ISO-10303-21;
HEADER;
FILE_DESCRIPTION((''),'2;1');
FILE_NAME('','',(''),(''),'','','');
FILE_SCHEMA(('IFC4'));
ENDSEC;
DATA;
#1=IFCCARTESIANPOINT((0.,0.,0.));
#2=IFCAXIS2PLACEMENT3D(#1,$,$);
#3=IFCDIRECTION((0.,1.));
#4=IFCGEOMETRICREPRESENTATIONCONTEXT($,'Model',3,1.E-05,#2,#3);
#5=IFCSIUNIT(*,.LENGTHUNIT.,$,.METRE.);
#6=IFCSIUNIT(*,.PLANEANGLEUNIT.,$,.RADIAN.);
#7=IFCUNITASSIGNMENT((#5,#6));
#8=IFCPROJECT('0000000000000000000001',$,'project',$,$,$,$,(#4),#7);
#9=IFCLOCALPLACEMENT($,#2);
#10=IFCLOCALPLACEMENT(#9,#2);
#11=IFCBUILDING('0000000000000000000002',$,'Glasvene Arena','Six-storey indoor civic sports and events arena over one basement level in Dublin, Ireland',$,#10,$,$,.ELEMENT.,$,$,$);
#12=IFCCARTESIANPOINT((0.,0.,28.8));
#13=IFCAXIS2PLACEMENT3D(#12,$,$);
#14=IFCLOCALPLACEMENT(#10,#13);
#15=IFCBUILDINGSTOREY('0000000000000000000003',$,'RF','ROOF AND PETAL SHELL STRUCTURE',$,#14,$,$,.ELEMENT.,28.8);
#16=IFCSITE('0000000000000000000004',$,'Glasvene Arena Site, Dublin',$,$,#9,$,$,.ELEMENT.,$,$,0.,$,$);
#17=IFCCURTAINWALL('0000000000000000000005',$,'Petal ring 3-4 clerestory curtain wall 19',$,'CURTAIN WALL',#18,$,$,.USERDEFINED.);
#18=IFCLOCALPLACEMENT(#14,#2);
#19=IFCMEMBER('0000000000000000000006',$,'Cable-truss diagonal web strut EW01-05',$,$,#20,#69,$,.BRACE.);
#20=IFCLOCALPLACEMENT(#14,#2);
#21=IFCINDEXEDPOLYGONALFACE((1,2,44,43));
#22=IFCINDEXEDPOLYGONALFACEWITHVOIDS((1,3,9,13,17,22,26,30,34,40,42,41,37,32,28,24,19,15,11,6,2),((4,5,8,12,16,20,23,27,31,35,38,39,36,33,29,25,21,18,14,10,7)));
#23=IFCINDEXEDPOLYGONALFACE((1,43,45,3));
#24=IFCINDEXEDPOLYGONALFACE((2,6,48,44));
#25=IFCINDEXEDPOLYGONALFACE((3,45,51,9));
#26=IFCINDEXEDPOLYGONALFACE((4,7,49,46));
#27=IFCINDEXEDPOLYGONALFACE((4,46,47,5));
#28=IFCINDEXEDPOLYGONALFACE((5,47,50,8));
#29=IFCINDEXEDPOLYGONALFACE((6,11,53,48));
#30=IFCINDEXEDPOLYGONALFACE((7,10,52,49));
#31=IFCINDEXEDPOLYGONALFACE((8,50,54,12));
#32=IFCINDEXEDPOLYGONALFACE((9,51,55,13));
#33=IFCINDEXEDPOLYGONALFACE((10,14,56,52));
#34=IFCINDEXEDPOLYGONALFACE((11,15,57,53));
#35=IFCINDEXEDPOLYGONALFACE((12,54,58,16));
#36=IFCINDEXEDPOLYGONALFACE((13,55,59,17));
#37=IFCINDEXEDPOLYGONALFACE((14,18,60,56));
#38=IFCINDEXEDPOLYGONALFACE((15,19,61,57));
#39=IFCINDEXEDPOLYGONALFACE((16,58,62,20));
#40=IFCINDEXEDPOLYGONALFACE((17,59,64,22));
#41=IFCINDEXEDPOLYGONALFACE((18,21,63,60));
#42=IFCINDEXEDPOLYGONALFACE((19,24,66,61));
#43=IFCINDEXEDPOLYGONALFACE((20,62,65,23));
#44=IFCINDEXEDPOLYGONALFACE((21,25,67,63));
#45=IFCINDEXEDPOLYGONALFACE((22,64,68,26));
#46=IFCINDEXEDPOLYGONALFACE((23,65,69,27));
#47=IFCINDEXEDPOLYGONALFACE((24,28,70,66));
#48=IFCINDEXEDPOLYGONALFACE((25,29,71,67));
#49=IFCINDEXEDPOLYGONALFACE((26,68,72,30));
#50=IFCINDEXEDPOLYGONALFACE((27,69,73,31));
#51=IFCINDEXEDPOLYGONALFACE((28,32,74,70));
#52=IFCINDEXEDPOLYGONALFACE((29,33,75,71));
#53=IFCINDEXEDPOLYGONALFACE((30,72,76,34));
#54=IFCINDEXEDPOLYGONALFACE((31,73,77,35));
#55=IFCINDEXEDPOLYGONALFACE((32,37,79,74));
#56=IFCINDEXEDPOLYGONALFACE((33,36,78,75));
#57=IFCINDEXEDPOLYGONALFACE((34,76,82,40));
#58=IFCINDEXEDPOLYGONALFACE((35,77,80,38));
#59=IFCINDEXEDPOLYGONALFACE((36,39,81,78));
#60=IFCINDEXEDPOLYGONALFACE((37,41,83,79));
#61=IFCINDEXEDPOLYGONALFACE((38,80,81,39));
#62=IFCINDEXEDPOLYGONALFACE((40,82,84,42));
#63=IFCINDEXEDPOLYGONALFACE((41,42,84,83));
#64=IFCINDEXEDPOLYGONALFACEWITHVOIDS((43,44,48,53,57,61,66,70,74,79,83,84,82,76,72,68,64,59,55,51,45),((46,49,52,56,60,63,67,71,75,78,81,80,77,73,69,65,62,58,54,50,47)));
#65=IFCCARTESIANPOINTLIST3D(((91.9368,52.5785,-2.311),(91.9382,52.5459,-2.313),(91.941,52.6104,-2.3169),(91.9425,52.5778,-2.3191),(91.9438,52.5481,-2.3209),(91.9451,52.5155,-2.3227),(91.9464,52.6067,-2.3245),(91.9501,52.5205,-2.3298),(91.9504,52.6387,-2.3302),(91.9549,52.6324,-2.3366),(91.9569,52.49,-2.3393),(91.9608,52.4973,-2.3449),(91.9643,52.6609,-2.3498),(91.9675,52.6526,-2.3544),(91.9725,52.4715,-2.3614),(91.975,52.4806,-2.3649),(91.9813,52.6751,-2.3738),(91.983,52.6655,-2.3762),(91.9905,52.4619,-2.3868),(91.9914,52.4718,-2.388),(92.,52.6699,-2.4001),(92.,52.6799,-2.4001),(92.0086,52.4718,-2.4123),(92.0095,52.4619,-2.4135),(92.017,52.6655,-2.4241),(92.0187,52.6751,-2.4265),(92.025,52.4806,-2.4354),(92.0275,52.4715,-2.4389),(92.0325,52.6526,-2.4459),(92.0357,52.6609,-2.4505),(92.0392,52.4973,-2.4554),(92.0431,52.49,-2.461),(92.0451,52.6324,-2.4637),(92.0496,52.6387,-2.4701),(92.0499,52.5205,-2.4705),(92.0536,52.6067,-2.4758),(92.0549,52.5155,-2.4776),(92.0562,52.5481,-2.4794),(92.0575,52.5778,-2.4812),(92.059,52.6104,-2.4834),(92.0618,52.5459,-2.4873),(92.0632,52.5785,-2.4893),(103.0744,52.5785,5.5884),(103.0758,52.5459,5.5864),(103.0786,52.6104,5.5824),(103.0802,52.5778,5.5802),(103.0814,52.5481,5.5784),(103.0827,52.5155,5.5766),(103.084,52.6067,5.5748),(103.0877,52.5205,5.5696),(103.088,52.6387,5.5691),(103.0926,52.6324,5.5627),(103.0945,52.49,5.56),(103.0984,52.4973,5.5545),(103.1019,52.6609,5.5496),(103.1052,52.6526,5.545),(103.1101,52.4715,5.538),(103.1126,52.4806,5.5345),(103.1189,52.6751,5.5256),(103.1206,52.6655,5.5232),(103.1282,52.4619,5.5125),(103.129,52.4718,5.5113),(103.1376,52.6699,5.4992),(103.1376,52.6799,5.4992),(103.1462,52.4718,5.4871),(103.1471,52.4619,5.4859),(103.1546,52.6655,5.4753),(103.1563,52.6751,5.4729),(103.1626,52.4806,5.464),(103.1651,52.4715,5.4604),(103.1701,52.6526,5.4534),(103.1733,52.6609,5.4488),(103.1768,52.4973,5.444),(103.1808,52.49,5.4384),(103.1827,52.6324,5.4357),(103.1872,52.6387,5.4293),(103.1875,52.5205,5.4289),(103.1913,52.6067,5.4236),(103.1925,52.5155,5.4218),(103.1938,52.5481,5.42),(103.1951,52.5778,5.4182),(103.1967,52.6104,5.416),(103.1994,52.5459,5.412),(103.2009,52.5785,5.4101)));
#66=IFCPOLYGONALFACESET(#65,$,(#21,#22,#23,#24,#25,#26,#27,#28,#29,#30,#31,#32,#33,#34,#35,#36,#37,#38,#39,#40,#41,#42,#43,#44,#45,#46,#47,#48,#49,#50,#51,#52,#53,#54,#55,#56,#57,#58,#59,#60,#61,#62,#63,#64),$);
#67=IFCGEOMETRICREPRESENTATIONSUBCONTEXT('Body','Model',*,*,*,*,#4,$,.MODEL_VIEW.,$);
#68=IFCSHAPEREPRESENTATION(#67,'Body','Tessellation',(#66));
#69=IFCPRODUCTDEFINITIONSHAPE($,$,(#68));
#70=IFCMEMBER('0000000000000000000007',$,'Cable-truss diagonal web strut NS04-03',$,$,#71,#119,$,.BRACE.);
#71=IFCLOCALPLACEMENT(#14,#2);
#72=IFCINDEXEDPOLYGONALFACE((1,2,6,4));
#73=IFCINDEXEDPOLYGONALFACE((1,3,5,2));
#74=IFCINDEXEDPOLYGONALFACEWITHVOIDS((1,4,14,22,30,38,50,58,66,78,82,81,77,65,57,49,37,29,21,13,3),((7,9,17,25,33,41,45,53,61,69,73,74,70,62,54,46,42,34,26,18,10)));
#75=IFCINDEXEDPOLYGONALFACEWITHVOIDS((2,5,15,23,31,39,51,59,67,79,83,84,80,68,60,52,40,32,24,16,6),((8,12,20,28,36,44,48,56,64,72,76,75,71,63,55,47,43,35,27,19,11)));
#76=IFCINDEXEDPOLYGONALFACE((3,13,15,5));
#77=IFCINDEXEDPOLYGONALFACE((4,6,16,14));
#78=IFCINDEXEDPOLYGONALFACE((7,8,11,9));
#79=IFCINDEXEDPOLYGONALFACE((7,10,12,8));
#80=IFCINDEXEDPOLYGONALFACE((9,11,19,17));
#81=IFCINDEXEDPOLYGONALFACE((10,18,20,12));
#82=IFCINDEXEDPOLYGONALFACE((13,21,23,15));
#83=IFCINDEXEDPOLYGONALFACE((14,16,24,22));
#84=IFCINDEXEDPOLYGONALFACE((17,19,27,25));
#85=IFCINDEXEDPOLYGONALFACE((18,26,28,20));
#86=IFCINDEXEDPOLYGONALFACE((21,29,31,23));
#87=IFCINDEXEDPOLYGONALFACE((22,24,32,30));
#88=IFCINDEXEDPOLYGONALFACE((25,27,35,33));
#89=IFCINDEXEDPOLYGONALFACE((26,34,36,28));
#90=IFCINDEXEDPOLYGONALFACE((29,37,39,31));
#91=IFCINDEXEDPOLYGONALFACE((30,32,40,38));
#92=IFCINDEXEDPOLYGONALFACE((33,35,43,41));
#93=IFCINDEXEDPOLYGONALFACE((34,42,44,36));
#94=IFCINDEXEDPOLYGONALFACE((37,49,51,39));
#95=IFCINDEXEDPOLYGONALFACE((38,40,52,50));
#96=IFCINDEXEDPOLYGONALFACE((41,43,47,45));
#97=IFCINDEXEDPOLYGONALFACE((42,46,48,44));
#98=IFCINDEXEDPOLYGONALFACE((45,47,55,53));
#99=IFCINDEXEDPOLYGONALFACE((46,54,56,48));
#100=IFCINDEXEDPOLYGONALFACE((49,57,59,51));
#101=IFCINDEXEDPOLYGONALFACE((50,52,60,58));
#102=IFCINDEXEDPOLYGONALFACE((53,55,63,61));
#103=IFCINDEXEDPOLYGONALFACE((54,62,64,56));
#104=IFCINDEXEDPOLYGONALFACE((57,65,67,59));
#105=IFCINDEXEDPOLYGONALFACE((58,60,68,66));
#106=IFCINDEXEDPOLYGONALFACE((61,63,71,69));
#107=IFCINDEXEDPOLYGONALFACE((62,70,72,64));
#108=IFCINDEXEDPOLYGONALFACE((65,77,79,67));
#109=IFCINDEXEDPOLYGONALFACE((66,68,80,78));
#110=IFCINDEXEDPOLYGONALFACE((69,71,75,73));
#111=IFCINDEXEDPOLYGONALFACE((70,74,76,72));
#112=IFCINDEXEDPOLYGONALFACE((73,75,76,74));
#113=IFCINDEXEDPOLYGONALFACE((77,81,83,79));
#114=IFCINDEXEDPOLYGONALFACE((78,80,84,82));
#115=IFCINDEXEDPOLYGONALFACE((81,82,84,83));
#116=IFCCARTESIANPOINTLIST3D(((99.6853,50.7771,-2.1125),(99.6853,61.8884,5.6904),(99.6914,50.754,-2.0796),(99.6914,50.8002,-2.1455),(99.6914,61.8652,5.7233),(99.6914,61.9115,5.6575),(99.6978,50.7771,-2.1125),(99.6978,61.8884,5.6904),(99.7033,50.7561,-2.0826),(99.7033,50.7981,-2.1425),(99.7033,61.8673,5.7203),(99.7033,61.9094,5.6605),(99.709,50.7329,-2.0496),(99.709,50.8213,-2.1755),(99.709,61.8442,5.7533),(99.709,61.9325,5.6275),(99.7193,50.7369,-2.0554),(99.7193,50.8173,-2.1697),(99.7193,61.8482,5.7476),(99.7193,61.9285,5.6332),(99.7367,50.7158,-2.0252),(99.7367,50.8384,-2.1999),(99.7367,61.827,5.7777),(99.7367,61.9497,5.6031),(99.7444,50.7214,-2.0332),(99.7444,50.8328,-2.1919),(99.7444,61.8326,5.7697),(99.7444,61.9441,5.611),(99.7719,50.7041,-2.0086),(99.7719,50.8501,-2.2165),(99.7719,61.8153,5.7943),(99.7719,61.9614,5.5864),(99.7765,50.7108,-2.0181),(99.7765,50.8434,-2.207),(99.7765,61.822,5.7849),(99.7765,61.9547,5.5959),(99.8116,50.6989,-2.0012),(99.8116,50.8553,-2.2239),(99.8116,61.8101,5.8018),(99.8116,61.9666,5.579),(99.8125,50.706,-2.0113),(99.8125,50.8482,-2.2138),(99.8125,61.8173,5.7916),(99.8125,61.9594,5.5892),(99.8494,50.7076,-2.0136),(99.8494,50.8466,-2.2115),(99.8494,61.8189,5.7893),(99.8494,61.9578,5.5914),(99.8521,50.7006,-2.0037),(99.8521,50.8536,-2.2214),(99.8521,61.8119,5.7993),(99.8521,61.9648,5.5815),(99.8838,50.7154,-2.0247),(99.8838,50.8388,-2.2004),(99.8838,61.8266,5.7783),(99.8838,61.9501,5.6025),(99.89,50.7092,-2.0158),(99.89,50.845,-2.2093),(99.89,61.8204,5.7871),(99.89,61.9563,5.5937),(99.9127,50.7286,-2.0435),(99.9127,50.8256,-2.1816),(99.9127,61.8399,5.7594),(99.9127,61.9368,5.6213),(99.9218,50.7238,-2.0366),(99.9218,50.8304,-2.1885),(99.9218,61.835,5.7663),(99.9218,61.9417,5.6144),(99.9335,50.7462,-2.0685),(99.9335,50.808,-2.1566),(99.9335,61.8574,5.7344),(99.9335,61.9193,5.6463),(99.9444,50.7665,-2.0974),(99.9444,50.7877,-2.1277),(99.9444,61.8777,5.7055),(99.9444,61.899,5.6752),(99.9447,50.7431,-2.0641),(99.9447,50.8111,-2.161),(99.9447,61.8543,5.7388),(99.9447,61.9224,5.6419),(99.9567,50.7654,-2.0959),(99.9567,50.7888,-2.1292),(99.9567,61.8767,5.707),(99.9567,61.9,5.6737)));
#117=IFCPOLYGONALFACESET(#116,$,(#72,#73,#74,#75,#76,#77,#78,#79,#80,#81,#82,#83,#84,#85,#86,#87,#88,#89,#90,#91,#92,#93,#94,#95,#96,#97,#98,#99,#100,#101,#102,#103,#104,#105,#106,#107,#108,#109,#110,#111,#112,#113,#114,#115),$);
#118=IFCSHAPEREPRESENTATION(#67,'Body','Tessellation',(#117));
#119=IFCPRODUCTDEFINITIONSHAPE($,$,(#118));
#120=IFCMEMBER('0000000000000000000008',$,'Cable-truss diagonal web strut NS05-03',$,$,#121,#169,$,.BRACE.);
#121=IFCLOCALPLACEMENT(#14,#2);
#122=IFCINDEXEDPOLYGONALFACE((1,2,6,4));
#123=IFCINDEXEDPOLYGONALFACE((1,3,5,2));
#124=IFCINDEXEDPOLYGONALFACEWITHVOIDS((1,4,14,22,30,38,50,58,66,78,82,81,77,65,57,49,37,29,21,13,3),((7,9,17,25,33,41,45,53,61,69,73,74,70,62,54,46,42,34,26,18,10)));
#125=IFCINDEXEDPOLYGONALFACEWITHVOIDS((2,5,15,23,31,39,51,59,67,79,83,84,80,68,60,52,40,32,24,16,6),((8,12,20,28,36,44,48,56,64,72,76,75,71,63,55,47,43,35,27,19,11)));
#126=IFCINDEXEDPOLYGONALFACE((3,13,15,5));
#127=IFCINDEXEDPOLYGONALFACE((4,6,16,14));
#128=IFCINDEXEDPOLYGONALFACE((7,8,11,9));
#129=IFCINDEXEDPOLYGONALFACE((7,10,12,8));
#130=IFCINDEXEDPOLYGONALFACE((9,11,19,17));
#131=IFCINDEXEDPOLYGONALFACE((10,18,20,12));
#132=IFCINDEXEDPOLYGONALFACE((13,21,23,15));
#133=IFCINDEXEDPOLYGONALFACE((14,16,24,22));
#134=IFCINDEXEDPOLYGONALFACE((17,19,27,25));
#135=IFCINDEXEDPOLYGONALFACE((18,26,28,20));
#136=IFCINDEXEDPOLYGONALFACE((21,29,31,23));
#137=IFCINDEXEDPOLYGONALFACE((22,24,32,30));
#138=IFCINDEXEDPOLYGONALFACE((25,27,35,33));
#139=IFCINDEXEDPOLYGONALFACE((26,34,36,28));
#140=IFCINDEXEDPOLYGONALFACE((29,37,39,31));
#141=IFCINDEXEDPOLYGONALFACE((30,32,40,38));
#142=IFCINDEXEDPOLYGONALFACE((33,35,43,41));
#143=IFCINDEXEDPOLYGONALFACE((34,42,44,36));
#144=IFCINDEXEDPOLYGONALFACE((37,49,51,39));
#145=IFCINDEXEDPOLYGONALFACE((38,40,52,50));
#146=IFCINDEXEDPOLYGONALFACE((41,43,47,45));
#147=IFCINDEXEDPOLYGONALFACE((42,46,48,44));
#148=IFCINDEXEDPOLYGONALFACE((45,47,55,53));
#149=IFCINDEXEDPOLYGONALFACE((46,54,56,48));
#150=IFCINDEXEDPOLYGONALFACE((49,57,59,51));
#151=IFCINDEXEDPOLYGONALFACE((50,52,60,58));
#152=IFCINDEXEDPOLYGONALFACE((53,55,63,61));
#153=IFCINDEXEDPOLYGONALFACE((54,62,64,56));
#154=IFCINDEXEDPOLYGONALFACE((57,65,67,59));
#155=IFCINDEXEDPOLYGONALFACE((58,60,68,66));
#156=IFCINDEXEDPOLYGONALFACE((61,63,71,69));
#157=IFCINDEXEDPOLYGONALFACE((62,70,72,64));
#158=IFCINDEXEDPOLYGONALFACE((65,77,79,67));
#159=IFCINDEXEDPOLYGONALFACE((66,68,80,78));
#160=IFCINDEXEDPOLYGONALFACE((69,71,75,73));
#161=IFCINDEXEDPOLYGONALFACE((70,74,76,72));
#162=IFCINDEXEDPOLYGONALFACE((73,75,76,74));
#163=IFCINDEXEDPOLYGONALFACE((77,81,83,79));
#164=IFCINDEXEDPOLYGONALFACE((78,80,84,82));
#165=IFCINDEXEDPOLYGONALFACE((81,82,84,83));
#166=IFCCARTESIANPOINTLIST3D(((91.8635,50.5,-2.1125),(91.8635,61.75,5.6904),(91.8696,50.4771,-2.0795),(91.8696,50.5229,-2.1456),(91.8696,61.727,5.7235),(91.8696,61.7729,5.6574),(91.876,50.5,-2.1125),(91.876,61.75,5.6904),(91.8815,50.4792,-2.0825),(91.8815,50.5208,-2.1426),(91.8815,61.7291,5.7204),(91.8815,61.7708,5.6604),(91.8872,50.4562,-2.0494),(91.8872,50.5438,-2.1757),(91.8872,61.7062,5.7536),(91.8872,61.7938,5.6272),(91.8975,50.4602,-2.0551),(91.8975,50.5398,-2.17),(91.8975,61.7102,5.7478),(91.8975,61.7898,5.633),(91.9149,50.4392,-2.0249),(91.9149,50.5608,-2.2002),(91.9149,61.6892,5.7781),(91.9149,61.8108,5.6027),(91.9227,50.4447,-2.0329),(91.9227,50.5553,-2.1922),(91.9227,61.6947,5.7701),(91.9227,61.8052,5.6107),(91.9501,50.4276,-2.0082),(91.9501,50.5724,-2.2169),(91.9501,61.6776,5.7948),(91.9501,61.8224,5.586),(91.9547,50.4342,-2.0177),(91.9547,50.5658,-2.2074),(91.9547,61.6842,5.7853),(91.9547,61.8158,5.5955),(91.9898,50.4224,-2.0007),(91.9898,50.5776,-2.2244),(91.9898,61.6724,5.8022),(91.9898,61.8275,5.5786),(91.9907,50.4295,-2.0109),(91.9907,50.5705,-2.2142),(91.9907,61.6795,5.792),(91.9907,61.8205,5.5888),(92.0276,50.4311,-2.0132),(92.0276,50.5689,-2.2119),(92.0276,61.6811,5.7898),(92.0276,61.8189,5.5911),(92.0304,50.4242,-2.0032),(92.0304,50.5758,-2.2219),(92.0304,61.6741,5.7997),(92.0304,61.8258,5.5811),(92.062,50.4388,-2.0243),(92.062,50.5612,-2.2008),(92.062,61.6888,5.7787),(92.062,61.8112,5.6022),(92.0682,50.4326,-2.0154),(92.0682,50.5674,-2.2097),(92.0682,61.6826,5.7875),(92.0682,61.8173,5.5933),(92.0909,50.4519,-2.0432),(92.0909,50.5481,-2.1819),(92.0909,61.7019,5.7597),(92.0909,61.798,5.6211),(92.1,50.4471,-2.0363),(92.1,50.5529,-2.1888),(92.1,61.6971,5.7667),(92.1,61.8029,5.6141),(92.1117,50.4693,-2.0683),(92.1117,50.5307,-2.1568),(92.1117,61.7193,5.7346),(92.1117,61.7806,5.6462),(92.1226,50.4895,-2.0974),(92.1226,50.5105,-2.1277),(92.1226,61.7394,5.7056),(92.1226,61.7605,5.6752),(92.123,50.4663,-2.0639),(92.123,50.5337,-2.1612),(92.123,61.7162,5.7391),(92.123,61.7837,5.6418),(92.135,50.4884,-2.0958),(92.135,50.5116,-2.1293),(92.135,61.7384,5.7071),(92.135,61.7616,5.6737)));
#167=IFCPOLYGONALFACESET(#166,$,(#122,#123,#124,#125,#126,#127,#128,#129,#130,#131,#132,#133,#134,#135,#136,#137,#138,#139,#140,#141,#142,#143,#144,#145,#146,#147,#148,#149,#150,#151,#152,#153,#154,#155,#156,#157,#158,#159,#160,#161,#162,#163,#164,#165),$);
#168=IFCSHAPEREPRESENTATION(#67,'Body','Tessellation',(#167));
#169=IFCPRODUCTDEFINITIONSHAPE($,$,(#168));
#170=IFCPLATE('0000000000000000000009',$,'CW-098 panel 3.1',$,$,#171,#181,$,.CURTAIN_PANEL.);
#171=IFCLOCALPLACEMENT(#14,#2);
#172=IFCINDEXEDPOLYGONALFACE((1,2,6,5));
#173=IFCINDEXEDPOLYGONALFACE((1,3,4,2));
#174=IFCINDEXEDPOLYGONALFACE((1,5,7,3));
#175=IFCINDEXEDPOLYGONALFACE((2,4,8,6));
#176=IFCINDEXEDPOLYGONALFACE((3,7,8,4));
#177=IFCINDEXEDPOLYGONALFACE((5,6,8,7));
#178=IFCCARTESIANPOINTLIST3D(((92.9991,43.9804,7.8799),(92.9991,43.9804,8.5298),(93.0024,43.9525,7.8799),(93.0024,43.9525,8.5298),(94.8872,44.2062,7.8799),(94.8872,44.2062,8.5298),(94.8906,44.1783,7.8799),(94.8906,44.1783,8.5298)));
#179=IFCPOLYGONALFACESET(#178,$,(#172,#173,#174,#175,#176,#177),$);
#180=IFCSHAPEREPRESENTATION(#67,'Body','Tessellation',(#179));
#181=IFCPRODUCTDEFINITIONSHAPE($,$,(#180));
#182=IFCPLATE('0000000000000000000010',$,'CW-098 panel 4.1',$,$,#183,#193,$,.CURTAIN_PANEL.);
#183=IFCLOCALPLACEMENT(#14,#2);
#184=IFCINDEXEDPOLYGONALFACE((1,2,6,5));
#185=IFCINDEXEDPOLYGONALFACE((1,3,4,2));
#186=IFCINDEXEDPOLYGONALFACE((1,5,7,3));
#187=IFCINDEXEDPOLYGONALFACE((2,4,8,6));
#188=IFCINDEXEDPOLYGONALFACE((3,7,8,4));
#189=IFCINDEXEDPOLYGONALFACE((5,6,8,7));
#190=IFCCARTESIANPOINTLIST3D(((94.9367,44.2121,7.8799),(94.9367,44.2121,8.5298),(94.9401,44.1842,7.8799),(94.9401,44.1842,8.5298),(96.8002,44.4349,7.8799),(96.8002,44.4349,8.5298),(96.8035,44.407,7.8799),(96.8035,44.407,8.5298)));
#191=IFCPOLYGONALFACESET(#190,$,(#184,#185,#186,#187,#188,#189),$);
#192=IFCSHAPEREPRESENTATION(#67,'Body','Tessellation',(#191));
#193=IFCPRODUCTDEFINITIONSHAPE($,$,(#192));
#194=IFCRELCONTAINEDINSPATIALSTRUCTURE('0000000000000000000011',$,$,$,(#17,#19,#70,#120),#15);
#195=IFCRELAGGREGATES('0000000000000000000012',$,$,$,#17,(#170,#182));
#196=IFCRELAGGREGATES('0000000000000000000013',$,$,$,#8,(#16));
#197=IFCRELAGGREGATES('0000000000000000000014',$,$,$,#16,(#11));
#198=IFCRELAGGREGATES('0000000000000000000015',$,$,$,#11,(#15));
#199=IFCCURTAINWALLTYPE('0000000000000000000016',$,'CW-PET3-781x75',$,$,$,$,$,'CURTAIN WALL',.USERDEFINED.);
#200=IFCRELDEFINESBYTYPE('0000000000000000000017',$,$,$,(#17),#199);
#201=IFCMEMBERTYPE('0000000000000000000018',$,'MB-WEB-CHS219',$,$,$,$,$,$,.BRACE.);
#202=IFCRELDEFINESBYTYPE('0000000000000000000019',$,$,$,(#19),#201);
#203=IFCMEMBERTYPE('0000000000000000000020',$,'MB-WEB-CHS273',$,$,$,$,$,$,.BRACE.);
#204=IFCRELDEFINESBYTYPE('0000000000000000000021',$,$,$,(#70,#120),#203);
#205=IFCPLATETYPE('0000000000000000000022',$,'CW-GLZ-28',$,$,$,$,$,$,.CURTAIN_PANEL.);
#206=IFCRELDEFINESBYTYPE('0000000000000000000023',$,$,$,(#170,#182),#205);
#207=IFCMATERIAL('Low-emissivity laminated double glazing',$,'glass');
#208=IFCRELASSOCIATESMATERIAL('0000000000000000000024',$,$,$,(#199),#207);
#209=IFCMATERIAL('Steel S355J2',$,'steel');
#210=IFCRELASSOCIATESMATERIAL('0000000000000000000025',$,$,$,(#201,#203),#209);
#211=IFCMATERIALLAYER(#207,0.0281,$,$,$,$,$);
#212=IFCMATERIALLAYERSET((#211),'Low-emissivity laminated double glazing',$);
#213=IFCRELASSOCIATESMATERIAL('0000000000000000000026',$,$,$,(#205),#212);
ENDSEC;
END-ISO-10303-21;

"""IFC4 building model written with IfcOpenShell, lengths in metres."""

from ifc_helpers import new_model, si_unit, direction, frame, origin, origin_2d, place, context, subcontext, project, spatial, rectangle, hollow_circle, extrude, material, layer, layer_set, material_profile, profile_set, type_object, element, aggregate, save


model = new_model("IFC4")

# Units and contexts
model_context = context("Model", 3, precision=1e-05, world=origin(), true_north=direction((0.0, 1.0)))
body_context = subcontext(model_context, "Body", "Model", "MODEL_VIEW")
ifc_project = project(units=[si_unit("LENGTHUNIT", "METRE"), si_unit("PLANEANGLEUNIT", "RADIAN")], contexts=[model_context])

# Site, building, storey
site_placement = place(None, origin())
site = spatial("IfcSite", under=ifc_project, at=site_placement, Name="Glasvene Arena Site, Dublin", CompositionType="ELEMENT", RefElevation=0.0)
building_placement = place(site_placement, origin())
building = spatial("IfcBuilding", under=site, at=building_placement, Name="Glasvene Arena", Description="Six-storey indoor civic sports and events arena over one basement level in Dublin, Ireland", CompositionType="ELEMENT")
storey_placement = place(building_placement, frame((0.0, 0.0, 28.8)))
storey = spatial("IfcBuildingStorey", under=building, at=storey_placement, Name="RF", Description="ROOF AND PETAL SHELL STRUCTURE", CompositionType="ELEMENT", Elevation=28.8)

# Curtain wall
ifc_material_1 = material(Name="Low-emissivity laminated double glazing", Category="glass")
curtain_wall_type_1 = type_object("IfcCurtainWallType", Name="CW-PET3-781x75", ElementType="CURTAIN WALL", PredefinedType="USERDEFINED", material=ifc_material_1)
curtain_wall_1_placement = place(storey_placement, frame((89.1001, 43.5, 0.0)))
curtain_wall_1 = element("IfcCurtainWall", 1, at=curtain_wall_1_placement, inside=storey, type_object=curtain_wall_type_1, Name="Petal ring 3-4 clerestory curtain wall 19", ObjectType="CURTAIN WALL", PredefinedType="USERDEFINED")

# Members
ifc_material_2 = material(Name="Steel S355J2", Category="steel")
ifc_material_profile_1 = material_profile(ifc_material_2, hollow_circle(Radius=0.1096, WallThickness=0.01, at=origin_2d()), Name="CHS 219.1x10.0")
ifc_profile_set_1 = profile_set([ifc_material_profile_1], Name="Steel S355J2")
member_type_1 = type_object("IfcMemberType", Name="MB-WEB-CHS219", PredefinedType="BRACE", material=ifc_profile_set_1)
member_1_placement = place(storey_placement, frame((92.0, 52.5703, -2.4001), z_axis=(0.815672, 0.0, 0.578515), x_axis=(0.0, 1.0, 0.0)))
element("IfcMember", 2, at=member_1_placement, inside=storey, type_object=member_type_1, Name="Cable-truss diagonal web strut EW01-05", PredefinedType="BRACE", context=body_context, shape_type="SweptSolid", body=[
    extrude(hollow_circle(Radius=0.1096, WallThickness=0.01, at=origin_2d()), origin(), (0.0, 0.0, 1.0), 13.6545),
])
ifc_material_profile_2 = material_profile(ifc_material_2, hollow_circle(Radius=0.1365, WallThickness=0.0125, at=origin_2d()), Name="CHS 273.0x12.5")
ifc_profile_set_2 = profile_set([ifc_material_profile_2], Name="Steel S355J2")
member_type_2 = type_object("IfcMemberType", Name="MB-WEB-CHS273", PredefinedType="BRACE", material=ifc_profile_set_2)
member_2_placement = place(storey_placement, frame((99.8218, 50.7771, -2.1125), z_axis=(0.0, 0.818364, 0.5747), x_axis=(-1.0, 0.0, 0.0)))
element("IfcMember", 3, at=member_2_placement, inside=storey, type_object=member_type_2, Name="Cable-truss diagonal web strut NS04-03", PredefinedType="BRACE", context=body_context, shape_type="SweptSolid", body=[
    extrude(hollow_circle(Radius=0.1365, WallThickness=0.0125, at=origin_2d()), origin(), (0.0, 0.0, 1.0), 13.5774),
])
member_3_placement = place(storey_placement, frame((92.0, 50.5, -2.1125), z_axis=(0.0, 0.821696, 0.569927), x_axis=(-1.0, 0.0, 0.0)))
element("IfcMember", 4, at=member_3_placement, inside=storey, type_object=member_type_2, Name="Cable-truss diagonal web strut NS05-03", PredefinedType="BRACE", context=body_context, shape_type="SweptSolid", body=[
    extrude(hollow_circle(Radius=0.1365, WallThickness=0.0125, at=origin_2d()), origin(), (0.0, 0.0, 1.0), 13.6912),
])

# Plates
ifc_layer_1 = layer(ifc_material_1, 0.0281)
ifc_layer_set_1 = layer_set([ifc_layer_1], Name="Low-emissivity laminated double glazing")
plate_type_1 = type_object("IfcPlateType", Name="CW-GLZ-28", PredefinedType="CURTAIN_PANEL", material=ifc_layer_set_1)
plate_1_placement = place(storey_placement, frame((93.9448, 44.0793, 7.8799), z_axis=(0.0, 0.0, 1.0), x_axis=(0.992928, 0.118717, 0.0)))
plate_1 = element("IfcPlate", 5, at=plate_1_placement, type_object=plate_type_1, Name="CW-098 panel 3.1", PredefinedType="CURTAIN_PANEL", context=body_context, shape_type="SweptSolid", body=[
    extrude(rectangle(XDim=1.9016, YDim=0.0281, at=origin_2d()), origin(), (0.0, 0.0, 1.0), 0.6499),
])
plate_2_placement = place(storey_placement, frame((95.8701, 44.3096, 7.8799), z_axis=(0.0, 0.0, 1.0), x_axis=(0.992928, 0.118717, 0.0)))
plate_2 = element("IfcPlate", 6, at=plate_2_placement, type_object=plate_type_1, Name="CW-098 panel 4.1", PredefinedType="CURTAIN_PANEL", context=body_context, shape_type="SweptSolid", body=[
    extrude(rectangle(XDim=1.8767, YDim=0.0281, at=origin_2d()), origin(), (0.0, 0.0, 1.0), 0.6499),
])
aggregate(curtain_wall_1, [plate_1, plate_2])

save(model, "model.ifc")
